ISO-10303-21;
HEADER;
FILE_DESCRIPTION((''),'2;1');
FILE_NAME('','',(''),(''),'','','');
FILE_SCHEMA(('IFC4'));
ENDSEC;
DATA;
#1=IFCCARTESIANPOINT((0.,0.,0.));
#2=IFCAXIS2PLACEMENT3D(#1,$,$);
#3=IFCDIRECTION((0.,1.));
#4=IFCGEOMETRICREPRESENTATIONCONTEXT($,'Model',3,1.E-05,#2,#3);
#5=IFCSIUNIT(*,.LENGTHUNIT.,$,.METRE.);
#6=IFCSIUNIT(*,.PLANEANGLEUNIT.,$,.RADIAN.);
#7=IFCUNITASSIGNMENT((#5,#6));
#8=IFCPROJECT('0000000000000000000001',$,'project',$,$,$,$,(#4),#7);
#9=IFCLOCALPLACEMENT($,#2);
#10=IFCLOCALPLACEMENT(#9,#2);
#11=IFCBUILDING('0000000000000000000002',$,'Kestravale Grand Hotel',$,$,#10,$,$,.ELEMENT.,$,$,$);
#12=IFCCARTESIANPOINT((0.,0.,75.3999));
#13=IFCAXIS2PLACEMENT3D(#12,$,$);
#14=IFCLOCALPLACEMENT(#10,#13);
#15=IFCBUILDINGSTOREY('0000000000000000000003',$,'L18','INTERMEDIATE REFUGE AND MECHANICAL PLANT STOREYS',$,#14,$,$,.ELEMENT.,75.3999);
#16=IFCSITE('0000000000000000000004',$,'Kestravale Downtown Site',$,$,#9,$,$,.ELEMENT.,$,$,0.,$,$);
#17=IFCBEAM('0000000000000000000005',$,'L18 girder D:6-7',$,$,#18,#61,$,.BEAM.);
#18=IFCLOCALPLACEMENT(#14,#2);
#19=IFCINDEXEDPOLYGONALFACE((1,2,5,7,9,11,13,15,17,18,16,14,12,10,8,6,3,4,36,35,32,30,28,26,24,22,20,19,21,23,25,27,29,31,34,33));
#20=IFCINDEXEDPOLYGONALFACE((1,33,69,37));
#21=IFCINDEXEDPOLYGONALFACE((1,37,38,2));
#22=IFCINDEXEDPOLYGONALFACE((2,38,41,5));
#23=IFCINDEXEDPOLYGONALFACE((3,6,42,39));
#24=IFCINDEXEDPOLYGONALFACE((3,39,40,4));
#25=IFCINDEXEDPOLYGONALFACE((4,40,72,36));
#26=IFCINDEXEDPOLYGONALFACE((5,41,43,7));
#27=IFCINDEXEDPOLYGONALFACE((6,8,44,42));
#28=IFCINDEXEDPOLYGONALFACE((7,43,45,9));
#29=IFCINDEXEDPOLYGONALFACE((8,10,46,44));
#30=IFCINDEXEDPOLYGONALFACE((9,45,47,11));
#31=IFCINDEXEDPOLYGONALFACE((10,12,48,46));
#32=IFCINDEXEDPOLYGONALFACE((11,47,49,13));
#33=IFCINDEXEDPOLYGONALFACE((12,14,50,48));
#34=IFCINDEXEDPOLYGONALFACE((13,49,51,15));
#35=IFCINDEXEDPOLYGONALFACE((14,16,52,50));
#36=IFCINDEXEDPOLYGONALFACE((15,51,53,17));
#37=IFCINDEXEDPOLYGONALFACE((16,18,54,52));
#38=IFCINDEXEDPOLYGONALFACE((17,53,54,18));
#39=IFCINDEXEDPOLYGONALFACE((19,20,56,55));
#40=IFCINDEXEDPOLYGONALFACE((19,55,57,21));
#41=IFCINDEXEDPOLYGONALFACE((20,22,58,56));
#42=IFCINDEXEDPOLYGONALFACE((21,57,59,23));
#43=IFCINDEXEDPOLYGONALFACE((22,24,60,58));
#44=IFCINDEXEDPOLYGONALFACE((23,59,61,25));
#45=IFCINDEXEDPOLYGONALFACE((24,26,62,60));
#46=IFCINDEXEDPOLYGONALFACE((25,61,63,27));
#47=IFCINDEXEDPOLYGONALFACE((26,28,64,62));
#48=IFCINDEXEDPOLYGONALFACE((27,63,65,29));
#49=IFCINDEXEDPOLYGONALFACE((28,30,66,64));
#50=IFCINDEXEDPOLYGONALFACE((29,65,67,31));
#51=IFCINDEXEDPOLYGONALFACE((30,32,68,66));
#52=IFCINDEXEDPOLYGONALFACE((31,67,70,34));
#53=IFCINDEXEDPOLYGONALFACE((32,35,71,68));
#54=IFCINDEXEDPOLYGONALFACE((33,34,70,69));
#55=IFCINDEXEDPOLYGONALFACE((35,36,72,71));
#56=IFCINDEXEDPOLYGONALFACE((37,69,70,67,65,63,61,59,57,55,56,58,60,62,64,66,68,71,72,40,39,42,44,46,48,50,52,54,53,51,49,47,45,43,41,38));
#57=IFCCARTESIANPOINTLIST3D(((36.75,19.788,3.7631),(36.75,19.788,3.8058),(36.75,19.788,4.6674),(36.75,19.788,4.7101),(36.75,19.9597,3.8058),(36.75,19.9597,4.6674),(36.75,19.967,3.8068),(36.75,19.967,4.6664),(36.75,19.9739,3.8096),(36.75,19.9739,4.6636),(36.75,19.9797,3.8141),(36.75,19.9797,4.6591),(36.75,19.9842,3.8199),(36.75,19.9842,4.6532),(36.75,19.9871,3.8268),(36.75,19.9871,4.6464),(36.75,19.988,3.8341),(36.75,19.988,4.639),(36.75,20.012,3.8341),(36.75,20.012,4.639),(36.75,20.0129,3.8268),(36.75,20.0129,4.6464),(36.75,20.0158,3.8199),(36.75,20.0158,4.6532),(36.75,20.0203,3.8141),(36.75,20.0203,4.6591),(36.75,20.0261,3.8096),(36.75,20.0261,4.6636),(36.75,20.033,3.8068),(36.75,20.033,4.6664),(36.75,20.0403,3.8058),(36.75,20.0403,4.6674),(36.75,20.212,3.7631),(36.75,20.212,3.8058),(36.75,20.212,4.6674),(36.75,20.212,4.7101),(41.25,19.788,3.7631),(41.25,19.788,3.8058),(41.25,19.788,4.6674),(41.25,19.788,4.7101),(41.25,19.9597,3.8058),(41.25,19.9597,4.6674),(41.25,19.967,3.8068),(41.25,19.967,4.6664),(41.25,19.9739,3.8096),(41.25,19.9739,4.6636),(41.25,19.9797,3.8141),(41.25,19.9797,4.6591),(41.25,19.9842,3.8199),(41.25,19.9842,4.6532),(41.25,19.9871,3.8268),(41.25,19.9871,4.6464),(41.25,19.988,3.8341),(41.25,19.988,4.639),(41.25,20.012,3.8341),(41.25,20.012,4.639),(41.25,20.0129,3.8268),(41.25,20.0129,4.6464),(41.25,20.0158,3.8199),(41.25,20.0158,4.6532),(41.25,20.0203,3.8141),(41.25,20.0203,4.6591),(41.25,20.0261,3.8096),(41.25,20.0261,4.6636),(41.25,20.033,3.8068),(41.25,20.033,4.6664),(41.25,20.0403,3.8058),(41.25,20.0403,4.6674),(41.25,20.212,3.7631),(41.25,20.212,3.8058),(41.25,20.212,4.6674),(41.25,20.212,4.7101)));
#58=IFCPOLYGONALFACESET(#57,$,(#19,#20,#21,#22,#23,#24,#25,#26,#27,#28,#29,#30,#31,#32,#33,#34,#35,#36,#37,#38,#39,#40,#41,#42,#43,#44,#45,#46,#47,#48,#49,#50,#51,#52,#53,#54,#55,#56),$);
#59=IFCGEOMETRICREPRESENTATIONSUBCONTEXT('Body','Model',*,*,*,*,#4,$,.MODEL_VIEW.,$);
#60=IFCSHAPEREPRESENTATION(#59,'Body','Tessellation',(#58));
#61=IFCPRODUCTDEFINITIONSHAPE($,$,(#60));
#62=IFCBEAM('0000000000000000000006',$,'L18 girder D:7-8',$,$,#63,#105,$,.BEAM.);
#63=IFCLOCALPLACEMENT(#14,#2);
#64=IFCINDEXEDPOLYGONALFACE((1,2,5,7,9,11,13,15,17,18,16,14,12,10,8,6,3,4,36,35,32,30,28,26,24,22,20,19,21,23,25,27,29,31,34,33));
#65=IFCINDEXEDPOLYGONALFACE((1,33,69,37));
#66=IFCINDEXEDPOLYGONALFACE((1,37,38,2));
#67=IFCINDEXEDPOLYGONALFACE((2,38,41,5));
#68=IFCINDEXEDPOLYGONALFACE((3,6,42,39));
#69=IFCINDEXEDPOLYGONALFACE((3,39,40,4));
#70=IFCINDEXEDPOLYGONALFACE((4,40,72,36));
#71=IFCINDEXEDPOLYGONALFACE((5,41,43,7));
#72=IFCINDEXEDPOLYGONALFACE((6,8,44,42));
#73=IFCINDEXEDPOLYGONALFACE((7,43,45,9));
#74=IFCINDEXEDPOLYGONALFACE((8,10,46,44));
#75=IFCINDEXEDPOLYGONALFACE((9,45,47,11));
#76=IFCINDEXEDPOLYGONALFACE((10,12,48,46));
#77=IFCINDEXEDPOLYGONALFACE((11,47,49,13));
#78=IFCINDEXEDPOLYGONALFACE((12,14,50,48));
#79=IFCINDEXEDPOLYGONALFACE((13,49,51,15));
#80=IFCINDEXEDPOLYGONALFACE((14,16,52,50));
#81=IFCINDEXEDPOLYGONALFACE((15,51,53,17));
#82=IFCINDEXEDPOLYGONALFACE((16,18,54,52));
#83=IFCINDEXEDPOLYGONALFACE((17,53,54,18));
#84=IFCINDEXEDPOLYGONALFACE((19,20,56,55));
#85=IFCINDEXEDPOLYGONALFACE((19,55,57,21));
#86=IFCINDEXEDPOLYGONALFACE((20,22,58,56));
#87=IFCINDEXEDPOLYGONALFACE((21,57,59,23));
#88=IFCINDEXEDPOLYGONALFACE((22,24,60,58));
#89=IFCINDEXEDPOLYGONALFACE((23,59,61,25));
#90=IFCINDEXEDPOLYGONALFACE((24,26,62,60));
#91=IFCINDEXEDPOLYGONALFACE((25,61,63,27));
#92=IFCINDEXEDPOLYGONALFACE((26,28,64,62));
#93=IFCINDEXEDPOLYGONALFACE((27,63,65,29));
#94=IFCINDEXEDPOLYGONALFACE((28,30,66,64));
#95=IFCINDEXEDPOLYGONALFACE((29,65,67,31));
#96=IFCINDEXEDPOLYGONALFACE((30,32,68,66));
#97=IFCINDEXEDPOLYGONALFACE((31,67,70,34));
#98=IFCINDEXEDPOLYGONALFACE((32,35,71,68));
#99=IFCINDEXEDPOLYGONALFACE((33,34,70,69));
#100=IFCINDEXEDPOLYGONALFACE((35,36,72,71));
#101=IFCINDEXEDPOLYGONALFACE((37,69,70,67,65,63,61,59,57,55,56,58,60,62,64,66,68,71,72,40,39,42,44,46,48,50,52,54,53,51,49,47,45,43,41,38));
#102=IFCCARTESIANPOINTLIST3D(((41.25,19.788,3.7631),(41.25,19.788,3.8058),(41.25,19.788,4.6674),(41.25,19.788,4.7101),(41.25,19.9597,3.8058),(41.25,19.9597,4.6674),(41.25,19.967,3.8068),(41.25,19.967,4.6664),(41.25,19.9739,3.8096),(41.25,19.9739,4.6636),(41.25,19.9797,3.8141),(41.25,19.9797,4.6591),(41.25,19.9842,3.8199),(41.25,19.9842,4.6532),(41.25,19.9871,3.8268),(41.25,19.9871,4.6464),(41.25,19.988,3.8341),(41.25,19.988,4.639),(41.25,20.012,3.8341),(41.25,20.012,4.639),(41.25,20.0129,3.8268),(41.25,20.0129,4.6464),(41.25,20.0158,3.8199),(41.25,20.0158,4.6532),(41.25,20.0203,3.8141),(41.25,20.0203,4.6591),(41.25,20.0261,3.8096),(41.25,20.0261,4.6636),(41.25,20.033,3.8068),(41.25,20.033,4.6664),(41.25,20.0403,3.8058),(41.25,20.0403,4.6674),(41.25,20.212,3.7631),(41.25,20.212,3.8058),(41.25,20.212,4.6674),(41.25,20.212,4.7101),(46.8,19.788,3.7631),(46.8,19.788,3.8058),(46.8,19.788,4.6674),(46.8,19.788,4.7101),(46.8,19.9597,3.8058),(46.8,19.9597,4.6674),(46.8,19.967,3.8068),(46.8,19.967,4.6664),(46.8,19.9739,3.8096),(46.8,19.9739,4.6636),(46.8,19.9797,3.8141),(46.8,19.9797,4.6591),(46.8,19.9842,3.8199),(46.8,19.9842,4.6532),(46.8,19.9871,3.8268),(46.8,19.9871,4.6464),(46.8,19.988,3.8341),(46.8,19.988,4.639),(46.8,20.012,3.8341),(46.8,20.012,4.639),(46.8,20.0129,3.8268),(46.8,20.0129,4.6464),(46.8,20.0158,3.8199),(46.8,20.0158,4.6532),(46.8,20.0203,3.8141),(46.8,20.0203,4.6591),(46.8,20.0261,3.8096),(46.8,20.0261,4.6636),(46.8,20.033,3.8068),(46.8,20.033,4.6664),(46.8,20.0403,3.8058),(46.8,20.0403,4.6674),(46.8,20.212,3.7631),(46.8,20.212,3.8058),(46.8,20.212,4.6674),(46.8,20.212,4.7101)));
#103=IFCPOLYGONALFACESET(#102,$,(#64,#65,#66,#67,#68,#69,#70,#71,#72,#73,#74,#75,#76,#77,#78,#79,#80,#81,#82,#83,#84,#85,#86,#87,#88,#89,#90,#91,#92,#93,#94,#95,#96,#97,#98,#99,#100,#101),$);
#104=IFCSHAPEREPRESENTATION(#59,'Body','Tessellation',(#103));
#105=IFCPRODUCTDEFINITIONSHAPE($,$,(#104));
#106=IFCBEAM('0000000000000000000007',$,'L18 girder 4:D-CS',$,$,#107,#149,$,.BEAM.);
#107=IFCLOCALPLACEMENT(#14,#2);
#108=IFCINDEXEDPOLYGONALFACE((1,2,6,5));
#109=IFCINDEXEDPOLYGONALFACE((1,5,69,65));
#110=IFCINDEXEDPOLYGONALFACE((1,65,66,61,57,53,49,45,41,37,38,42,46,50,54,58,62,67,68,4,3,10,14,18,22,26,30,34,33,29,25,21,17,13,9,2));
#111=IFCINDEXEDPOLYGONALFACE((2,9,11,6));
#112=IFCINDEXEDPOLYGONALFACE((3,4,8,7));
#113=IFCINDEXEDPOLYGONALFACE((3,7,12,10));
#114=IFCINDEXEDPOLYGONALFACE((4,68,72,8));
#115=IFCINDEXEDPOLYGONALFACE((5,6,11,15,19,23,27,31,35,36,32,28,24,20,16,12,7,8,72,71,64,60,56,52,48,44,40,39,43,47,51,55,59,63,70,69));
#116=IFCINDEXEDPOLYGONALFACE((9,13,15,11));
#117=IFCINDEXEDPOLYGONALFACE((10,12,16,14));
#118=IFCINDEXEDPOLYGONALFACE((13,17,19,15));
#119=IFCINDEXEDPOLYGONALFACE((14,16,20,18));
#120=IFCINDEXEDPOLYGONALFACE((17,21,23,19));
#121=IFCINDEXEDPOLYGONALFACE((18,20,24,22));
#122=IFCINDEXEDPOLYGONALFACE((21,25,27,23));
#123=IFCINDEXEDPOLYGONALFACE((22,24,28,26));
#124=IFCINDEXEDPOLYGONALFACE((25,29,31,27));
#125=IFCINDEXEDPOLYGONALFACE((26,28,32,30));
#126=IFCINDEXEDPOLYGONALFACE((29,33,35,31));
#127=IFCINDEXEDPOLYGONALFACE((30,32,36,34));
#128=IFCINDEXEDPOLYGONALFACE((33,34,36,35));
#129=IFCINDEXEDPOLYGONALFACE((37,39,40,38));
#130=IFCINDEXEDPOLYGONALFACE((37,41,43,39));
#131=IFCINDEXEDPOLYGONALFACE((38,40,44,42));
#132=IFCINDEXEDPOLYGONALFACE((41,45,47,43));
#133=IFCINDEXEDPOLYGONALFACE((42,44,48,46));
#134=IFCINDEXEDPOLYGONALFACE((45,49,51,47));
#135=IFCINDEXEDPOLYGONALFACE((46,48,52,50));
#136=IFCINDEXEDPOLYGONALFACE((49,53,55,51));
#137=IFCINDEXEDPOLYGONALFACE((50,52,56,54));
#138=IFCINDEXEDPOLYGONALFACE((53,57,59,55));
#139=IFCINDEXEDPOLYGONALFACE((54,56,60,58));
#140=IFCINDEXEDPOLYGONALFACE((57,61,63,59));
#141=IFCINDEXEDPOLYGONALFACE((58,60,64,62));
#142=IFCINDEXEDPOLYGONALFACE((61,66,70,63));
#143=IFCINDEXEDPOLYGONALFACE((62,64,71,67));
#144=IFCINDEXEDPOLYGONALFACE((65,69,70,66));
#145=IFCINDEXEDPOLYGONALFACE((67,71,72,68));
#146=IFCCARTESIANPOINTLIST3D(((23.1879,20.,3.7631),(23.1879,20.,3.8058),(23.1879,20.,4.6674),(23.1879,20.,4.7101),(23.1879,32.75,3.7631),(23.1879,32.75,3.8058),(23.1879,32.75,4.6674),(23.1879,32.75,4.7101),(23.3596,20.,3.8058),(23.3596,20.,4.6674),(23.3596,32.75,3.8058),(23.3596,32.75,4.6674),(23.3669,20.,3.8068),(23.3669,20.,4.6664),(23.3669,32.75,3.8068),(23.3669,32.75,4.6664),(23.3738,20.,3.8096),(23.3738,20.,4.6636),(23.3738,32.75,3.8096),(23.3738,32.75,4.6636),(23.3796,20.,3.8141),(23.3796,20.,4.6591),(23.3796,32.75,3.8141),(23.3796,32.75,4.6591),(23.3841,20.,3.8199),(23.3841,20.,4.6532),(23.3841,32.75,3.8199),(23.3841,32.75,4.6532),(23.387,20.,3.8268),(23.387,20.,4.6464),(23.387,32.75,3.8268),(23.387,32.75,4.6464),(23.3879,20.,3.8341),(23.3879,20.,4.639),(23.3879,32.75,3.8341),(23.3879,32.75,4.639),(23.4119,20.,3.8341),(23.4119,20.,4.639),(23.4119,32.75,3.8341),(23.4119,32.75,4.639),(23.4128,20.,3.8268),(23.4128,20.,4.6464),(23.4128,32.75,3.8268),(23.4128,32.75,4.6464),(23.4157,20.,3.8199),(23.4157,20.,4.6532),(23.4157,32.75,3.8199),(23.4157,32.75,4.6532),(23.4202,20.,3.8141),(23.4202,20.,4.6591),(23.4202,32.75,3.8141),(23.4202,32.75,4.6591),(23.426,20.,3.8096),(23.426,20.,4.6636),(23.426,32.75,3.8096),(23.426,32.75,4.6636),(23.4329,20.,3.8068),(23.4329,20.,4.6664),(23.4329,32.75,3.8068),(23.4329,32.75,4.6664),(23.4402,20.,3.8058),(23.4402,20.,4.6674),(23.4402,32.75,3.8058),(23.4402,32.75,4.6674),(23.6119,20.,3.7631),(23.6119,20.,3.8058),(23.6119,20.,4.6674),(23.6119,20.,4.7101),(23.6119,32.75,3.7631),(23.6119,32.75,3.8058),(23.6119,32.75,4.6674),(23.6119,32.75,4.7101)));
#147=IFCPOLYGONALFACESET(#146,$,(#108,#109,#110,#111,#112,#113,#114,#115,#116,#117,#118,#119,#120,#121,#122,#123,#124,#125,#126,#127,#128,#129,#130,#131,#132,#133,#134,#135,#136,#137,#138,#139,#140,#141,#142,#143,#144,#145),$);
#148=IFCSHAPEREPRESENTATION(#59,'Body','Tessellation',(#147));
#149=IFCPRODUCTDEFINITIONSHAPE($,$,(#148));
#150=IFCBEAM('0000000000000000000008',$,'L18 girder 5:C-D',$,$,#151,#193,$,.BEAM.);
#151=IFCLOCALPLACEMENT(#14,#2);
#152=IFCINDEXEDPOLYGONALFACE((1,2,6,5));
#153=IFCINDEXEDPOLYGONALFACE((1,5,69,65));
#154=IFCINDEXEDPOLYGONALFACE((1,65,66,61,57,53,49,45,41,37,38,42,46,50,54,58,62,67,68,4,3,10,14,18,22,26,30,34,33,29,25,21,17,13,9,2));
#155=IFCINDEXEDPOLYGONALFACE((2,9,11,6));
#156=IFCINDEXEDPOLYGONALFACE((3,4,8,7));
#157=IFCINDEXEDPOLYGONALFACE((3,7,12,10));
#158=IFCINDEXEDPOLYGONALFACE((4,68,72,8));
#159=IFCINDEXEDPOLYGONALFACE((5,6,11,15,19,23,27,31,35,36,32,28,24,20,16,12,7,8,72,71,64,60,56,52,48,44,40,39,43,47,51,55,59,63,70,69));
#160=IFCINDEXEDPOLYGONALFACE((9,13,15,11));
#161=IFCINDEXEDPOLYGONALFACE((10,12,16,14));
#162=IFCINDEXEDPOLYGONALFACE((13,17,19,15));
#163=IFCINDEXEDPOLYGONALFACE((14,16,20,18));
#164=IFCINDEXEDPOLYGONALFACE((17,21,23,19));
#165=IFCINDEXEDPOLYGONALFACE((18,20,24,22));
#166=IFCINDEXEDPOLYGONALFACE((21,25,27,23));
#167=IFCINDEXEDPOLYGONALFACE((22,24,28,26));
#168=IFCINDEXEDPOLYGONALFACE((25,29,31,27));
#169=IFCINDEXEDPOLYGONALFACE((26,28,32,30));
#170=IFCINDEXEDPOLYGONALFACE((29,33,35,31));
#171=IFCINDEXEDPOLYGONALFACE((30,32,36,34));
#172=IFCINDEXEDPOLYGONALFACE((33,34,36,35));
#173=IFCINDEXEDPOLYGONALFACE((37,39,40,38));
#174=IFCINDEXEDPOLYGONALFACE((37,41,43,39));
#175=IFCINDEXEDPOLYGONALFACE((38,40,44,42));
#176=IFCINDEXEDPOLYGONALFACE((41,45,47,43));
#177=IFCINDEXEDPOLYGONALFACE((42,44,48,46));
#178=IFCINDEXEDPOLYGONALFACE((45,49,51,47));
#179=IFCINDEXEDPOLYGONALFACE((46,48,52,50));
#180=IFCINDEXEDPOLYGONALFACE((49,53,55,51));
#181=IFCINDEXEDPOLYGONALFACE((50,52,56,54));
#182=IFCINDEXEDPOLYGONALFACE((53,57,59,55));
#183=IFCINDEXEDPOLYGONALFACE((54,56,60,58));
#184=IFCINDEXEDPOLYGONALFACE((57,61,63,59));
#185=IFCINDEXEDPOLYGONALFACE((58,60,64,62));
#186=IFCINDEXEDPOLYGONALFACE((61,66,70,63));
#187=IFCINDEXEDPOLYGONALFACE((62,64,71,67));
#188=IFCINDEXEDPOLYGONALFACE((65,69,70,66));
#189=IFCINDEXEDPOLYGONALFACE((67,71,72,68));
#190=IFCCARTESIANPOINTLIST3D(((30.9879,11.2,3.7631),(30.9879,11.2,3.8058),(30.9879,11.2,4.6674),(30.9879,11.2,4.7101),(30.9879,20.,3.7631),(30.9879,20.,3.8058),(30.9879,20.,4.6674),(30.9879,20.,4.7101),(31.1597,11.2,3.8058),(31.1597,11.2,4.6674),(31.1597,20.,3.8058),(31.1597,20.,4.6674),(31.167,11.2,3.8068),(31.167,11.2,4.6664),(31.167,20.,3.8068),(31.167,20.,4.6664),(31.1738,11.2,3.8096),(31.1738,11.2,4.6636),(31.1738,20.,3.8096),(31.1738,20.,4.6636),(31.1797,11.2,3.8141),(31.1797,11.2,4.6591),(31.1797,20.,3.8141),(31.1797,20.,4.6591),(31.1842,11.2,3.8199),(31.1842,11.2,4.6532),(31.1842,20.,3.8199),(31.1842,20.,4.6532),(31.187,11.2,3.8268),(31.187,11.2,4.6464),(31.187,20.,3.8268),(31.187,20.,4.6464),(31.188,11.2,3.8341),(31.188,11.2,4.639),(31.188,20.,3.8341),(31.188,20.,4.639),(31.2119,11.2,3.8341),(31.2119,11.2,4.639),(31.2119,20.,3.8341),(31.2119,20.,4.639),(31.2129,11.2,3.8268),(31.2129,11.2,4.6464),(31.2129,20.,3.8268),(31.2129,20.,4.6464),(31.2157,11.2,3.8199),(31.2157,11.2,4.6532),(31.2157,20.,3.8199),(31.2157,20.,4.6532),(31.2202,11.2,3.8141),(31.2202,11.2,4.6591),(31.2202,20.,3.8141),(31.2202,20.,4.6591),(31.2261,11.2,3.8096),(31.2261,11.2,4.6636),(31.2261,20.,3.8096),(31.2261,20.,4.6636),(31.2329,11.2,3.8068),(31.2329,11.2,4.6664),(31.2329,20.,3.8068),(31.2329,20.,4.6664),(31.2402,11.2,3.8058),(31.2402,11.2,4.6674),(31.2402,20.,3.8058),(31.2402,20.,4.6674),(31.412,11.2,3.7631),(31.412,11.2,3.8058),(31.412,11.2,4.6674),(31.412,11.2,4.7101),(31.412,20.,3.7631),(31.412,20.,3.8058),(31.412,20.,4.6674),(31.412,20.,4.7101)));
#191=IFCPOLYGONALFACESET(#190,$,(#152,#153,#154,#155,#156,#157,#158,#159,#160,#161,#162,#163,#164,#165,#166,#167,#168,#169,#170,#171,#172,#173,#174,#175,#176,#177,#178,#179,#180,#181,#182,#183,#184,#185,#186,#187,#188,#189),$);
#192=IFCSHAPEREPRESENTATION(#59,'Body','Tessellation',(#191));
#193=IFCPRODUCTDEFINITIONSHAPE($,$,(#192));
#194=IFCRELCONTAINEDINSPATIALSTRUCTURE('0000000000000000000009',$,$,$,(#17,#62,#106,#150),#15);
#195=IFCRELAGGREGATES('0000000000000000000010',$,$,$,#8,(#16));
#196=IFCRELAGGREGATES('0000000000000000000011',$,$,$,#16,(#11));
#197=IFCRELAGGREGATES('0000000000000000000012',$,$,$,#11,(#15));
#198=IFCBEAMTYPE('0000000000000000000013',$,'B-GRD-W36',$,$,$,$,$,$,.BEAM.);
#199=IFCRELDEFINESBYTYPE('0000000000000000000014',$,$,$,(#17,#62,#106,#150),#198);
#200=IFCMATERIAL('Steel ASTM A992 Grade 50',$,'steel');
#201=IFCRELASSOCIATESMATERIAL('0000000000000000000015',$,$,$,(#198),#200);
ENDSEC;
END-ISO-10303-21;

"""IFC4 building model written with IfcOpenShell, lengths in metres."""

from ifc_helpers import new_model, si_unit, direction, frame, origin, origin_2d, place, context, subcontext, project, spatial, i_section, extrude, material, material_profile, profile_set, type_object, element, save


model = new_model("IFC4")

# Units and contexts
model_context = context("Model", 3, precision=1e-05, world=origin(), true_north=direction((0.0, 1.0)))
body_context = subcontext(model_context, "Body", "Model", "MODEL_VIEW")
ifc_project = project(units=[si_unit("LENGTHUNIT", "METRE"), si_unit("PLANEANGLEUNIT", "RADIAN")], contexts=[model_context])

# Site, building, storey
site_placement = place(None, origin())
site = spatial("IfcSite", under=ifc_project, at=site_placement, Name="Kestravale Downtown Site", CompositionType="ELEMENT", RefElevation=0.0)
building_placement = place(site_placement, origin())
building = spatial("IfcBuilding", under=site, at=building_placement, Name="Kestravale Grand Hotel", CompositionType="ELEMENT")
storey_placement = place(building_placement, frame((0.0, 0.0, 75.3999)))
storey = spatial("IfcBuildingStorey", under=building, at=storey_placement, Name="L18", Description="INTERMEDIATE REFUGE AND MECHANICAL PLANT STOREYS", CompositionType="ELEMENT", Elevation=75.3999)

# Beams
ifc_material_1 = material(Name="Steel ASTM A992 Grade 50", Category="steel")
ifc_material_profile_1 = material_profile(ifc_material_1, i_section(OverallWidth=0.4241, OverallDepth=0.947, WebThickness=0.0239, FlangeThickness=0.0427, FilletRadius=0.0283, at=origin_2d()))
ifc_profile_set_1 = profile_set([ifc_material_profile_1], Name="Steel ASTM A992 Grade 50")
beam_type_1 = type_object("IfcBeamType", Name="B-GRD-W36", PredefinedType="BEAM", material=ifc_profile_set_1)
beam_1_placement = place(storey_placement, frame((36.75, 20.0, 4.2366), z_axis=(1.0, 0.0, 0.0), x_axis=(0.0, 1.0, 0.0)))
element("IfcBeam", 1, at=beam_1_placement, inside=storey, type_object=beam_type_1, Name="L18 girder D:6-7", PredefinedType="BEAM", context=body_context, shape_type="SweptSolid", body=[
    extrude(i_section(OverallWidth=0.4241, OverallDepth=0.947, WebThickness=0.0239, FlangeThickness=0.0427, FilletRadius=0.0283, at=origin_2d()), origin(), (0.0, 0.0, 1.0), 4.5),
])
beam_2_placement = place(storey_placement, frame((41.25, 20.0, 4.2366), z_axis=(1.0, 0.0, 0.0), x_axis=(0.0, 1.0, 0.0)))
element("IfcBeam", 2, at=beam_2_placement, inside=storey, type_object=beam_type_1, Name="L18 girder D:7-8", PredefinedType="BEAM", context=body_context, shape_type="SweptSolid", body=[
    extrude(i_section(OverallWidth=0.4241, OverallDepth=0.947, WebThickness=0.0239, FlangeThickness=0.0427, FilletRadius=0.0283, at=origin_2d()), origin(), (0.0, 0.0, 1.0), 5.55),
])
beam_3_placement = place(storey_placement, frame((23.3999, 20.0, 4.2366), z_axis=(0.0, 1.0, 0.0), x_axis=(-1.0, 0.0, 0.0)))
element("IfcBeam", 3, at=beam_3_placement, inside=storey, type_object=beam_type_1, Name="L18 girder 4:D-CS", PredefinedType="BEAM", context=body_context, shape_type="SweptSolid", body=[
    extrude(i_section(OverallWidth=0.4241, OverallDepth=0.947, WebThickness=0.0239, FlangeThickness=0.0427, FilletRadius=0.0283, at=origin_2d()), origin(), (0.0, 0.0, 1.0), 12.75),
])
beam_4_placement = place(storey_placement, frame((31.2, 11.2, 4.2366), z_axis=(0.0, 1.0, 0.0), x_axis=(-1.0, 0.0, 0.0)))
element("IfcBeam", 4, at=beam_4_placement, inside=storey, type_object=beam_type_1, Name="L18 girder 5:C-D", PredefinedType="BEAM", context=body_context, shape_type="SweptSolid", body=[
    extrude(i_section(OverallWidth=0.4241, OverallDepth=0.947, WebThickness=0.0239, FlangeThickness=0.0427, FilletRadius=0.0283, at=origin_2d()), origin(), (0.0, 0.0, 1.0), 8.8),
])

save(model, "model.ifc")
